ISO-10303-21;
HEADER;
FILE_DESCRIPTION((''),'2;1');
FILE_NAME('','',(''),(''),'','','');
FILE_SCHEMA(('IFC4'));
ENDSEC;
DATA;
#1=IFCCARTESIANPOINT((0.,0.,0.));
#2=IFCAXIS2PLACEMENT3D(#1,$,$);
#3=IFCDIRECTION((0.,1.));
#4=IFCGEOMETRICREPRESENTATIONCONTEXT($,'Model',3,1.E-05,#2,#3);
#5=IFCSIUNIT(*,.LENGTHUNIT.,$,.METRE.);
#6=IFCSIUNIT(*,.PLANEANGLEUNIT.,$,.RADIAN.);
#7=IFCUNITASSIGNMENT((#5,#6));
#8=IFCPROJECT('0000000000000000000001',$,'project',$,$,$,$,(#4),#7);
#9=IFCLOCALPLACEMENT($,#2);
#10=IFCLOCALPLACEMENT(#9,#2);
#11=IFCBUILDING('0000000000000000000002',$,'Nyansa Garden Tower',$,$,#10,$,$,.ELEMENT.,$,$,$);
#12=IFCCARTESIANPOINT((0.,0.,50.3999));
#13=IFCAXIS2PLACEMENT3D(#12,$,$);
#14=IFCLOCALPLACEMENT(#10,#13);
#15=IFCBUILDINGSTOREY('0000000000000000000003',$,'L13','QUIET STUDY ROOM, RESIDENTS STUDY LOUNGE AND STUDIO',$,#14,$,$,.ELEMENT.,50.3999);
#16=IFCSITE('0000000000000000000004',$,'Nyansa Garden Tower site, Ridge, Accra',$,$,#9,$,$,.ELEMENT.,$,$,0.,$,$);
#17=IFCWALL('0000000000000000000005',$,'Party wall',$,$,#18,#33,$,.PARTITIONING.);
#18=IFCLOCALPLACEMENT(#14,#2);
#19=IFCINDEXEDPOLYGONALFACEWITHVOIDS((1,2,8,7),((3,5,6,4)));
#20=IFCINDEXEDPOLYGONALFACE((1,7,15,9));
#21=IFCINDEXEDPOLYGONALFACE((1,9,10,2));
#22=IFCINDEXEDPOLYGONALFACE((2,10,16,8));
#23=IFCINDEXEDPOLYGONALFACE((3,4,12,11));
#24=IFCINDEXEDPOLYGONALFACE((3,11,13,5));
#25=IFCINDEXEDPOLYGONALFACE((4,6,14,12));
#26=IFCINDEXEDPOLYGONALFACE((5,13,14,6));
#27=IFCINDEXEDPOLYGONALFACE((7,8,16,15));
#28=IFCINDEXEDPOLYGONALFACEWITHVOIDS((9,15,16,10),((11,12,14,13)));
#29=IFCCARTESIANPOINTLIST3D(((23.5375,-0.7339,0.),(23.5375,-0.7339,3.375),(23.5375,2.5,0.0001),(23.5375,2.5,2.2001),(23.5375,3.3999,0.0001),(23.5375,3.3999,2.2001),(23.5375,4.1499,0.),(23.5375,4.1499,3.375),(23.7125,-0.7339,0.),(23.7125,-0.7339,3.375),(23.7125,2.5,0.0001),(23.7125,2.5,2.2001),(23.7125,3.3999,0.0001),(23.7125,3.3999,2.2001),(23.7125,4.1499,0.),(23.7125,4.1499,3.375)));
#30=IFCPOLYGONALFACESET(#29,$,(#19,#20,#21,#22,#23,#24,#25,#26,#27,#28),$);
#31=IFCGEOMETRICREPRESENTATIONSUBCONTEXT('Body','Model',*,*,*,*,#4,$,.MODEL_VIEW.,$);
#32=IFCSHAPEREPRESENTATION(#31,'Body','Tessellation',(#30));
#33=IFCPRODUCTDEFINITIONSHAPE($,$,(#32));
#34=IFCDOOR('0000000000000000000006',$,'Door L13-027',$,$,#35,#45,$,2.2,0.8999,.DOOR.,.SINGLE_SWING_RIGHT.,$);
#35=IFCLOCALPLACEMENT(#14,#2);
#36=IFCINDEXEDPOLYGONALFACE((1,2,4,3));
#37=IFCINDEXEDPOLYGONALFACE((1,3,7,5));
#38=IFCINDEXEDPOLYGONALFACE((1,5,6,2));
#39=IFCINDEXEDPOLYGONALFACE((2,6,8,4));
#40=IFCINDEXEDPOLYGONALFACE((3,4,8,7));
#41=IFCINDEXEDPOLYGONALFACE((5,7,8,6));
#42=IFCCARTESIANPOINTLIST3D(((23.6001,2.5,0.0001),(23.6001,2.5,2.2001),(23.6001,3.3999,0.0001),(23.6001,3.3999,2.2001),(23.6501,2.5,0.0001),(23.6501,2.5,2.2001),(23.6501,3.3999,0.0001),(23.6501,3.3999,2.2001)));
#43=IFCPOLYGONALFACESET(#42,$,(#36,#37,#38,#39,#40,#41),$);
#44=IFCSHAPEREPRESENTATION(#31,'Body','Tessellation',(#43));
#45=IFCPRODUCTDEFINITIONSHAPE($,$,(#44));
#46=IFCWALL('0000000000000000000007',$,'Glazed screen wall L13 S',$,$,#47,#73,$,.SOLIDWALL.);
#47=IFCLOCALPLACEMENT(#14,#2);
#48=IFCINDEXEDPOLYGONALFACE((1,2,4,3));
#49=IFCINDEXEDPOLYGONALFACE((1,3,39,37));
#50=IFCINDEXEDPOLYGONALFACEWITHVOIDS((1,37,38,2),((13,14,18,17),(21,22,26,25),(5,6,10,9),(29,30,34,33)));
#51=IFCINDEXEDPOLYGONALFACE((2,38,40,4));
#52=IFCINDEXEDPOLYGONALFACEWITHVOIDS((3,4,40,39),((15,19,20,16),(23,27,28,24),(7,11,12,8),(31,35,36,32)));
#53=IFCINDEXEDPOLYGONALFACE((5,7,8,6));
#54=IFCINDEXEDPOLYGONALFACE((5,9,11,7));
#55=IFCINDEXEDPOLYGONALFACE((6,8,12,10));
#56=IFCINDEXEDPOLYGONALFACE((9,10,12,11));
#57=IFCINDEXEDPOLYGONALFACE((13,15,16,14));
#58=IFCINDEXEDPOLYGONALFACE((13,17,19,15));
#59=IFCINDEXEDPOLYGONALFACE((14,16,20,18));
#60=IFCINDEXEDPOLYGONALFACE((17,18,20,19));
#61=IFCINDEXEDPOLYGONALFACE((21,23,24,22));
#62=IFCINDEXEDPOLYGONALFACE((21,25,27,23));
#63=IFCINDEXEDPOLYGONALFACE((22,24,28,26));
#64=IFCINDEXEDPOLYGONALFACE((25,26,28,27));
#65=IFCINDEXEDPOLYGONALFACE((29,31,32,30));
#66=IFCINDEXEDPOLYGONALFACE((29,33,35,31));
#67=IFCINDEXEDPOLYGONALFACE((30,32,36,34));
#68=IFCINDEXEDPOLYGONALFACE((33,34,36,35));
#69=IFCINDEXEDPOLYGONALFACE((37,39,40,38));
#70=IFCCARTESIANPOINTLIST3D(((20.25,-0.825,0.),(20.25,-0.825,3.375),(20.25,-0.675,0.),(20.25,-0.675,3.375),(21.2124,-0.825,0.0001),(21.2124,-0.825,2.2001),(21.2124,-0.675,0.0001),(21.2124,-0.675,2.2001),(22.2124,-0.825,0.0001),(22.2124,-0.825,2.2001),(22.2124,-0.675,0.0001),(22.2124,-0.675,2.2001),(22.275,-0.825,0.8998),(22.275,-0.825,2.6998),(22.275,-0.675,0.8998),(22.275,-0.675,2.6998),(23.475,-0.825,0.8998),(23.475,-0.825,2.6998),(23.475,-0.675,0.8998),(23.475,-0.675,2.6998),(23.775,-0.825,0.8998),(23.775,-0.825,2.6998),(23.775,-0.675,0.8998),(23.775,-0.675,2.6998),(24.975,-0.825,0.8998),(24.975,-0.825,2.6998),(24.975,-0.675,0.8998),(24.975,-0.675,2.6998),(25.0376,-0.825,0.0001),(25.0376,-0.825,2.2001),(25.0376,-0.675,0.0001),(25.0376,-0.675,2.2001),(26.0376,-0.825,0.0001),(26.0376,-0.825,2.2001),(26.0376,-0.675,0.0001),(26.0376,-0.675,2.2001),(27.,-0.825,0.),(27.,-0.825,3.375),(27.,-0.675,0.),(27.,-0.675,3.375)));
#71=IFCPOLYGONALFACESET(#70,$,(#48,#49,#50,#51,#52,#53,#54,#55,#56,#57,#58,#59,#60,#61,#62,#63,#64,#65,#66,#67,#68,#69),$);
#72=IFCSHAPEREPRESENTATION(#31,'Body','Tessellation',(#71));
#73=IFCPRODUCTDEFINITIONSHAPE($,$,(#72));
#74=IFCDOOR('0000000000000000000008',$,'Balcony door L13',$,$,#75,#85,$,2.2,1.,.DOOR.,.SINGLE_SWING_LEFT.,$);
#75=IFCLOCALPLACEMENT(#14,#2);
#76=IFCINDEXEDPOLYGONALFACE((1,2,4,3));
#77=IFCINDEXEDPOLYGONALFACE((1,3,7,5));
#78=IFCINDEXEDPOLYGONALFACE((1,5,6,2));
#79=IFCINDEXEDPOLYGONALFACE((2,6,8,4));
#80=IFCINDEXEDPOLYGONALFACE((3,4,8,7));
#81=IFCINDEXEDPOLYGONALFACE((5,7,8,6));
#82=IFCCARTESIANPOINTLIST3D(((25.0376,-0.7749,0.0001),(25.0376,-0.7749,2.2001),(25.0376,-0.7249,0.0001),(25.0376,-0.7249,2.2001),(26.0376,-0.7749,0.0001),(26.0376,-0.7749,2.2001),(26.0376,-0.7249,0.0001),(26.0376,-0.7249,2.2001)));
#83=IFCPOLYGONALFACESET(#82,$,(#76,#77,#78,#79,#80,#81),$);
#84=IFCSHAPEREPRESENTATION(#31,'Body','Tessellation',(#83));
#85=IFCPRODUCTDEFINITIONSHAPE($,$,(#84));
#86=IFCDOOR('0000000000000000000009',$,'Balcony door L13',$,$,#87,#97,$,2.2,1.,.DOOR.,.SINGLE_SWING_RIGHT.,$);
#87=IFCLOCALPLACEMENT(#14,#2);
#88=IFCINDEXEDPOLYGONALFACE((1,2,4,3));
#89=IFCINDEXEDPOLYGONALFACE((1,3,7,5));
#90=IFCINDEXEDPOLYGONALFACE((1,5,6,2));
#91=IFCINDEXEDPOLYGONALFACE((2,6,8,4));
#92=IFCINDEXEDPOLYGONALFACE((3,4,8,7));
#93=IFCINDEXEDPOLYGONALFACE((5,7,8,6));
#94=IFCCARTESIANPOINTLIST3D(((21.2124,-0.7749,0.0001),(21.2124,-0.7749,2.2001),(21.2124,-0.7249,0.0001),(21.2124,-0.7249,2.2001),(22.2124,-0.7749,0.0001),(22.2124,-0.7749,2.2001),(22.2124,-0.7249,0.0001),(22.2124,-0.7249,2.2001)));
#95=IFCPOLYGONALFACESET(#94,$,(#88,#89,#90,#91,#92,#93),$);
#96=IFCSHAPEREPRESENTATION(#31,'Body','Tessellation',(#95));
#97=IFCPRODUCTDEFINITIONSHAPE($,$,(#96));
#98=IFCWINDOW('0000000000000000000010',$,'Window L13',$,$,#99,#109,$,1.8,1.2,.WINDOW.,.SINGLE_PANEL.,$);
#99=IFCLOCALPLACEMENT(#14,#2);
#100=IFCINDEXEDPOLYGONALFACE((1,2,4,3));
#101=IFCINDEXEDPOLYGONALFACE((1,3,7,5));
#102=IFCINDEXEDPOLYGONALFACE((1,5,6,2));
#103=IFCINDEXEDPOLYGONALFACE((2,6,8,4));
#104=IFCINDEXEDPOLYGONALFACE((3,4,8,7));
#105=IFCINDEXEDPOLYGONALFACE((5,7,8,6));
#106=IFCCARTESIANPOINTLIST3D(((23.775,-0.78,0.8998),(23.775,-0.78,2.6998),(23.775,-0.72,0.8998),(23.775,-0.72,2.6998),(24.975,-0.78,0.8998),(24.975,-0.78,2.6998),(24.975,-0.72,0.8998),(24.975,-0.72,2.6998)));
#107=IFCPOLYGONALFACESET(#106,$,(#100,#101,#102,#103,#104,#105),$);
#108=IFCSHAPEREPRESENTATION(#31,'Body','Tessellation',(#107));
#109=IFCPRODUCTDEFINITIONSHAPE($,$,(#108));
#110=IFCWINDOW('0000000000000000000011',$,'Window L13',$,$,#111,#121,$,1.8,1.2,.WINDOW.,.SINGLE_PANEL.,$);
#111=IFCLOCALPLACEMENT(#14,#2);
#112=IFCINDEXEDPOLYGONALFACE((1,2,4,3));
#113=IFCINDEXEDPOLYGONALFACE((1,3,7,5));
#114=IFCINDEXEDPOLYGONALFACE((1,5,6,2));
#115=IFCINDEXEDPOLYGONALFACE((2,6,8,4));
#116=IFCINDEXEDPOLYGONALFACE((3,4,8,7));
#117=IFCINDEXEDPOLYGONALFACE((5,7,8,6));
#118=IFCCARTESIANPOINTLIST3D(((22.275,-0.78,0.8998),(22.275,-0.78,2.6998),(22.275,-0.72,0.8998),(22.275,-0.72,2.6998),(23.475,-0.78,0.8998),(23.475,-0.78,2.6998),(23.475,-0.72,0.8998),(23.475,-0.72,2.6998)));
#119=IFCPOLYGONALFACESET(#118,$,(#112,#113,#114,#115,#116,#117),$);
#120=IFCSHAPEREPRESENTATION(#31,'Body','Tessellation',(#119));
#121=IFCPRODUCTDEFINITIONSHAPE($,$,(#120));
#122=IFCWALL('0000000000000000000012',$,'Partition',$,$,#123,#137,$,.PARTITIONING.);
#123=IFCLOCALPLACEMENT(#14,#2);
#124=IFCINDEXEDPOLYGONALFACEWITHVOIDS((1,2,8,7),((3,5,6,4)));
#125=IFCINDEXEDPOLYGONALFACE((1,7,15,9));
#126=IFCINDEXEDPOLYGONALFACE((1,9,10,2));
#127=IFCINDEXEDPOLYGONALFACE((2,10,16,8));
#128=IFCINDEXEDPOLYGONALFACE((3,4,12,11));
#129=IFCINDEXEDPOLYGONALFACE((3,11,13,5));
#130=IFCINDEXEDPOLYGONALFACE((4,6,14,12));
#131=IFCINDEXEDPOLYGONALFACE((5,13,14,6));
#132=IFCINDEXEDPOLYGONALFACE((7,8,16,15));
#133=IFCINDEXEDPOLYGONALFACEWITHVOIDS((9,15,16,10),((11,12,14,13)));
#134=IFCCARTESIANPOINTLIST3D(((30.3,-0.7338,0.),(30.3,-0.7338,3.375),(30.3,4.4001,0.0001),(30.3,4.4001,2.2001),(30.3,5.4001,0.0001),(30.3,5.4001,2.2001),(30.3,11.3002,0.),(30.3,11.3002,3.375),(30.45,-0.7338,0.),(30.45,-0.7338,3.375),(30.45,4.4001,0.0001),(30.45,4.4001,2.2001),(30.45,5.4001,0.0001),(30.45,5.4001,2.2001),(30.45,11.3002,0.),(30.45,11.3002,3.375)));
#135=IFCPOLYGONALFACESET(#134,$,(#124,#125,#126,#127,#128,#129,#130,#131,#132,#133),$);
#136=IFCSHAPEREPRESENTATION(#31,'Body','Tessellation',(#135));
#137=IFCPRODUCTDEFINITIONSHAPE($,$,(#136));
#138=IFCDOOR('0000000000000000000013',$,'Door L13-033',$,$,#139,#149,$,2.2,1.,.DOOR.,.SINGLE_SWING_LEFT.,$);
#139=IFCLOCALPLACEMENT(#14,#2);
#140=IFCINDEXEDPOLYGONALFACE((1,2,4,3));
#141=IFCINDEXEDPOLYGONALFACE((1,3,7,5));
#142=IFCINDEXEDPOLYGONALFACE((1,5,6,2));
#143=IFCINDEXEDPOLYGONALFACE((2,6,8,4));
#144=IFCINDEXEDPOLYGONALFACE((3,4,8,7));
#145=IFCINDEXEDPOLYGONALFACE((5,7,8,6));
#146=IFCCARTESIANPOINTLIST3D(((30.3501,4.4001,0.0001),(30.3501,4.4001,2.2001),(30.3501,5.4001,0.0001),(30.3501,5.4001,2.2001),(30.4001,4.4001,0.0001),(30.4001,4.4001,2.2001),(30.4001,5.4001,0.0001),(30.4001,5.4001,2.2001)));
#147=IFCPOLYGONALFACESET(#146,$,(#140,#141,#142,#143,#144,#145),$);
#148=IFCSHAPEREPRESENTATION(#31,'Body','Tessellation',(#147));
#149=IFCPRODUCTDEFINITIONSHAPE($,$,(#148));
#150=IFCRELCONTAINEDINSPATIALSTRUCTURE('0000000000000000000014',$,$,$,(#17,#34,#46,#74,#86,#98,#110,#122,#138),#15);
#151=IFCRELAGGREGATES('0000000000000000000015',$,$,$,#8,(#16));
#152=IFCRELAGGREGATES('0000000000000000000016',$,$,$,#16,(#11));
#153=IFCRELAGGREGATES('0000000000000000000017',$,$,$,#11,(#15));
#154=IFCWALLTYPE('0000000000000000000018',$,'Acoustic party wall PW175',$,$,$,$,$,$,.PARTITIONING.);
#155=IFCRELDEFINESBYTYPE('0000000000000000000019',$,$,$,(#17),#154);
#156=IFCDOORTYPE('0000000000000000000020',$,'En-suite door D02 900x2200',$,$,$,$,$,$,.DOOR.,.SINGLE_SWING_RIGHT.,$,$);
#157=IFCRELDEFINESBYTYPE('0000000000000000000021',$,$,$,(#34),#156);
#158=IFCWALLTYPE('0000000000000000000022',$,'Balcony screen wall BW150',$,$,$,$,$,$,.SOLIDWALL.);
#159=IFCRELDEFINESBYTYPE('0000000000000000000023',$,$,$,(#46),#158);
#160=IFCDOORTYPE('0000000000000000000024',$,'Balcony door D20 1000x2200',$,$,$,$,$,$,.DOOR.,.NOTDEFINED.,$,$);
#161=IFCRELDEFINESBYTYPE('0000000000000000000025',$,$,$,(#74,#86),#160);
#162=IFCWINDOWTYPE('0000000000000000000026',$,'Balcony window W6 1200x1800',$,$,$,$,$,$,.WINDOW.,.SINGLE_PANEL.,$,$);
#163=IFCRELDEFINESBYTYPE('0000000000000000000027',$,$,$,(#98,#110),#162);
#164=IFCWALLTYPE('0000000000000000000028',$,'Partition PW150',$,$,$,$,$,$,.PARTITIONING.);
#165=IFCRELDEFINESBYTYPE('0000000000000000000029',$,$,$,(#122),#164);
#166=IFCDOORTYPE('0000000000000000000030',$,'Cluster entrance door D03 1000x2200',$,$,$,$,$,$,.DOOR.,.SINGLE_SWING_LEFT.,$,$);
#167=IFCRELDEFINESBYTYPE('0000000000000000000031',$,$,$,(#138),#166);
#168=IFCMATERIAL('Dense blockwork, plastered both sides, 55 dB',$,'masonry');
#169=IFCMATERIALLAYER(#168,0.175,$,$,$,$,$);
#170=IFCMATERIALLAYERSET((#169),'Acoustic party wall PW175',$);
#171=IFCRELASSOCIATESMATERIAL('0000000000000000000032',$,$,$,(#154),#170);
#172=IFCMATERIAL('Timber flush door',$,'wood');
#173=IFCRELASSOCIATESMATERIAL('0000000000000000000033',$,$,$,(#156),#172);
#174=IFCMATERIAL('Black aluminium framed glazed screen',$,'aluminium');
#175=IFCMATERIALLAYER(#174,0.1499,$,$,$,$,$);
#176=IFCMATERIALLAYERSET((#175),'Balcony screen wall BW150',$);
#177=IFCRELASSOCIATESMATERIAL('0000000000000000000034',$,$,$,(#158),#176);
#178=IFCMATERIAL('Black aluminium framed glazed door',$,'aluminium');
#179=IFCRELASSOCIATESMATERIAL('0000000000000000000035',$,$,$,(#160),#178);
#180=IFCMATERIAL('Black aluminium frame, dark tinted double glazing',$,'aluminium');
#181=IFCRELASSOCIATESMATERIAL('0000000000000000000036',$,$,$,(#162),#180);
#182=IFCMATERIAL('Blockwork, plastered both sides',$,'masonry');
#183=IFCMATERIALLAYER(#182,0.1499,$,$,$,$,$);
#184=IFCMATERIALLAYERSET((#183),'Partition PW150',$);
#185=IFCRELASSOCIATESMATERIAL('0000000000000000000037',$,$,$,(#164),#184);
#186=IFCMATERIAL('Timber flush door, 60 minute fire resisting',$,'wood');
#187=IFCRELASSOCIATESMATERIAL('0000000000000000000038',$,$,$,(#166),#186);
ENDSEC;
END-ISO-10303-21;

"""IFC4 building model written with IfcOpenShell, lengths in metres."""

from ifc_helpers import new_model, si_unit, direction, frame, frame_2d, origin, place, context, subcontext, project, spatial, rectangle, extrude, material, layer, layer_set, type_object, element, fill, save


model = new_model("IFC4")

# Units and contexts
model_context = context("Model", 3, precision=1e-05, world=origin(), true_north=direction((0.0, 1.0)))
body_context = subcontext(model_context, "Body", "Model", "MODEL_VIEW")
ifc_project = project(units=[si_unit("LENGTHUNIT", "METRE"), si_unit("PLANEANGLEUNIT", "RADIAN")], contexts=[model_context])

# Site, building, storey
site_placement = place(None, origin())
site = spatial("IfcSite", under=ifc_project, at=site_placement, Name="Nyansa Garden Tower site, Ridge, Accra", CompositionType="ELEMENT", RefElevation=0.0)
building_placement = place(site_placement, origin())
building = spatial("IfcBuilding", under=site, at=building_placement, Name="Nyansa Garden Tower", CompositionType="ELEMENT")
storey_placement = place(building_placement, frame((0.0, 0.0, 50.3999)))
storey = spatial("IfcBuildingStorey", under=building, at=storey_placement, Name="L13", Description="QUIET STUDY ROOM, RESIDENTS STUDY LOUNGE AND STUDIO", CompositionType="ELEMENT", Elevation=50.3999)

# Wall, opening, door
ifc_material_1 = material(Name="Dense blockwork, plastered both sides, 55 dB", Category="masonry")
ifc_layer_1 = layer(ifc_material_1, 0.175)
ifc_layer_set_1 = layer_set([ifc_layer_1], Name="Acoustic party wall PW175")
wall_type_1 = type_object("IfcWallType", Name="Acoustic party wall PW175", PredefinedType="PARTITIONING", material=ifc_layer_set_1)
wall_1_placement = place(storey_placement, frame((23.625, -0.7339, 0.0), z_axis=(0.0, 0.0, 1.0), x_axis=(0.0, 1.0, 0.0)))
wall_1 = element("IfcWall", 1, at=wall_1_placement, inside=storey, type_object=wall_type_1, Name="Party wall", PredefinedType="PARTITIONING", context=body_context, shape_type="SweptSolid", body=[
    extrude(rectangle(XDim=4.8838, YDim=0.175, at=frame_2d((2.4419, 0.0))), origin(), (0.0, 0.0, 1.0), 3.375),
])
opening_1_placement = place(wall_1_placement, frame((3.2339, 0.0, 0.0)))
opening_1 = element("IfcOpeningElement", 2, at=opening_1_placement, cuts=wall_1, PredefinedType="OPENING", context=body_context, shape_type="SweptSolid", body=[
    extrude(rectangle(XDim=0.8999, YDim=2.2, at=frame_2d((0.45, 1.1001))), frame((0.0, 0.0974, 0.0), z_axis=(0.0, -1.0, 0.0), x_axis=(1.0, 0.0, 0.0)), (0.0, 0.0, 1.0), 0.1951),
])
ifc_material_2 = material(Name="Timber flush door", Category="wood")
door_type_1 = type_object("IfcDoorType", Name="En-suite door D02 900x2200", OperationType="SINGLE_SWING_RIGHT", PredefinedType="DOOR", material=ifc_material_2)
door_1_placement = place(opening_1_placement, origin())
door_1 = element("IfcDoor", 3, at=door_1_placement, inside=storey, type_object=door_type_1, Name="Door L13-027", OperationType="SINGLE_SWING_RIGHT", OverallHeight=2.2, OverallWidth=0.8999, PredefinedType="DOOR", context=body_context, shape_type="SweptSolid", body=[
    extrude(rectangle(XDim=0.8999, YDim=2.2, at=frame_2d((0.45, 1.1001))), frame((0.0, 0.0249, 0.0), z_axis=(0.0, -1.0, 0.0), x_axis=(1.0, 0.0, 0.0)), (0.0, 0.0, 1.0), 0.05),
])
fill(opening_1, door_1)

# Wall, openings, doors, windows
ifc_material_3 = material(Name="Black aluminium framed glazed screen", Category="aluminium")
ifc_layer_2 = layer(ifc_material_3, 0.1499)
ifc_layer_set_2 = layer_set([ifc_layer_2], Name="Balcony screen wall BW150")
wall_type_2 = type_object("IfcWallType", Name="Balcony screen wall BW150", PredefinedType="SOLIDWALL", material=ifc_layer_set_2)
wall_2_placement = place(storey_placement, frame((27.0, -0.75, 0.0), z_axis=(0.0, 0.0, 1.0), x_axis=(-1.0, 0.0, 0.0)))
wall_2 = element("IfcWall", 4, at=wall_2_placement, inside=storey, type_object=wall_type_2, Name="Glazed screen wall L13 S", PredefinedType="SOLIDWALL", context=body_context, shape_type="SweptSolid", body=[
    extrude(rectangle(XDim=6.75, YDim=0.1499, at=frame_2d((3.375, 0.0))), origin(), (0.0, 0.0, 1.0), 3.375),
])
opening_2_placement = place(wall_2_placement, frame((0.9624, 0.0, 0.0)))
opening_2 = element("IfcOpeningElement", 5, at=opening_2_placement, cuts=wall_2, PredefinedType="OPENING", context=body_context, shape_type="SweptSolid", body=[
    extrude(rectangle(XDim=1.0, YDim=2.2, at=frame_2d((0.5, 1.1001))), frame((0.0, 0.085, 0.0), z_axis=(0.0, -1.0, 0.0), x_axis=(1.0, 0.0, 0.0)), (0.0, 0.0, 1.0), 0.1699),
])
opening_3_placement = place(wall_2_placement, frame((2.0249, 0.0, 0.8999)))
opening_3 = element("IfcOpeningElement", 6, at=opening_3_placement, cuts=wall_2, PredefinedType="OPENING", context=body_context, shape_type="SweptSolid", body=[
    extrude(rectangle(XDim=1.2, YDim=1.8, at=frame_2d((0.6001, 0.8999))), frame((0.0, 0.085, 0.0), z_axis=(0.0, -1.0, 0.0), x_axis=(1.0, 0.0, 0.0)), (0.0, 0.0, 1.0), 0.1699),
])
opening_4_placement = place(wall_2_placement, frame((4.7876, 0.0, 0.0)))
opening_4 = element("IfcOpeningElement", 7, at=opening_4_placement, cuts=wall_2, PredefinedType="OPENING", context=body_context, shape_type="SweptSolid", body=[
    extrude(rectangle(XDim=1.0, YDim=2.2, at=frame_2d((0.5, 1.1001))), frame((0.0, 0.085, 0.0), z_axis=(0.0, -1.0, 0.0), x_axis=(1.0, 0.0, 0.0)), (0.0, 0.0, 1.0), 0.1699),
])
opening_5_placement = place(wall_2_placement, frame((3.5249, 0.0, 0.8999)))
opening_5 = element("IfcOpeningElement", 8, at=opening_5_placement, cuts=wall_2, PredefinedType="OPENING", context=body_context, shape_type="SweptSolid", body=[
    extrude(rectangle(XDim=1.2, YDim=1.8, at=frame_2d((0.6001, 0.8999))), frame((0.0, 0.085, 0.0), z_axis=(0.0, -1.0, 0.0), x_axis=(1.0, 0.0, 0.0)), (0.0, 0.0, 1.0), 0.1699),
])
ifc_material_4 = material(Name="Black aluminium framed glazed door", Category="aluminium")
door_type_2 = type_object("IfcDoorType", Name="Balcony door D20 1000x2200", OperationType="NOTDEFINED", PredefinedType="DOOR", material=ifc_material_4)
door_2_placement = place(opening_2_placement, origin())
door_2 = element("IfcDoor", 9, at=door_2_placement, inside=storey, type_object=door_type_2, Name="Balcony door L13", OperationType="SINGLE_SWING_LEFT", OverallHeight=2.2, OverallWidth=1.0, PredefinedType="DOOR", context=body_context, shape_type="SweptSolid", body=[
    extrude(rectangle(XDim=1.0, YDim=2.2, at=frame_2d((0.5, 1.1001))), frame((0.0, 0.0249, 0.0), z_axis=(0.0, -1.0, 0.0), x_axis=(1.0, 0.0, 0.0)), (0.0, 0.0, 1.0), 0.05),
])
fill(opening_2, door_2)
door_3_placement = place(opening_4_placement, origin())
door_3 = element("IfcDoor", 10, at=door_3_placement, inside=storey, type_object=door_type_2, Name="Balcony door L13", OperationType="SINGLE_SWING_RIGHT", OverallHeight=2.2, OverallWidth=1.0, PredefinedType="DOOR", context=body_context, shape_type="SweptSolid", body=[
    extrude(rectangle(XDim=1.0, YDim=2.2, at=frame_2d((0.5, 1.1001))), frame((0.0, 0.0249, 0.0), z_axis=(0.0, -1.0, 0.0), x_axis=(1.0, 0.0, 0.0)), (0.0, 0.0, 1.0), 0.05),
])
fill(opening_4, door_3)
ifc_material_5 = material(Name="Black aluminium frame, dark tinted double glazing", Category="aluminium")
window_type = type_object("IfcWindowType", Name="Balcony window W6 1200x1800", PartitioningType="SINGLE_PANEL", PredefinedType="WINDOW", material=ifc_material_5)
window_1_placement = place(opening_3_placement, origin())
window_1 = element("IfcWindow", 11, at=window_1_placement, inside=storey, type_object=window_type, Name="Window L13", OverallHeight=1.8, OverallWidth=1.2, PartitioningType="SINGLE_PANEL", PredefinedType="WINDOW", context=body_context, shape_type="SweptSolid", body=[
    extrude(rectangle(XDim=1.2, YDim=1.8, at=frame_2d((0.6001, 0.8999))), frame((0.0, 0.03, 0.0), z_axis=(0.0, -1.0, 0.0), x_axis=(1.0, 0.0, 0.0)), (0.0, 0.0, 1.0), 0.0601),
])
fill(opening_3, window_1)
window_2_placement = place(opening_5_placement, origin())
window_2 = element("IfcWindow", 12, at=window_2_placement, inside=storey, type_object=window_type, Name="Window L13", OverallHeight=1.8, OverallWidth=1.2, PartitioningType="SINGLE_PANEL", PredefinedType="WINDOW", context=body_context, shape_type="SweptSolid", body=[
    extrude(rectangle(XDim=1.2, YDim=1.8, at=frame_2d((0.6001, 0.8999))), frame((0.0, 0.03, 0.0), z_axis=(0.0, -1.0, 0.0), x_axis=(1.0, 0.0, 0.0)), (0.0, 0.0, 1.0), 0.0601),
])
fill(opening_5, window_2)

# Wall, opening, door
ifc_material_6 = material(Name="Blockwork, plastered both sides", Category="masonry")
ifc_layer_3 = layer(ifc_material_6, 0.1499)
ifc_layer_set_3 = layer_set([ifc_layer_3], Name="Partition PW150")
wall_type_3 = type_object("IfcWallType", Name="Partition PW150", PredefinedType="PARTITIONING", material=ifc_layer_set_3)
wall_3_placement = place(storey_placement, frame((30.375, -0.7339, 0.0), z_axis=(0.0, 0.0, 1.0), x_axis=(0.0, 1.0, 0.0)))
wall_3 = element("IfcWall", 13, at=wall_3_placement, inside=storey, type_object=wall_type_3, Name="Partition", PredefinedType="PARTITIONING", context=body_context, shape_type="SweptSolid", body=[
    extrude(rectangle(XDim=12.0339, YDim=0.1499, at=frame_2d((6.0171, 0.0))), origin(), (0.0, 0.0, 1.0), 3.375),
])
opening_6_placement = place(wall_3_placement, frame((5.134, 0.0, 0.0)))
opening_6 = element("IfcOpeningElement", 14, at=opening_6_placement, cuts=wall_3, PredefinedType="OPENING", context=body_context, shape_type="SweptSolid", body=[
    extrude(rectangle(XDim=1.0, YDim=2.2, at=frame_2d((0.5, 1.1001))), frame((0.0, 0.085, 0.0), z_axis=(0.0, -1.0, 0.0), x_axis=(1.0, 0.0, 0.0)), (0.0, 0.0, 1.0), 0.1699),
])
ifc_material_7 = material(Name="Timber flush door, 60 minute fire resisting", Category="wood")
door_type_3 = type_object("IfcDoorType", Name="Cluster entrance door D03 1000x2200", OperationType="SINGLE_SWING_LEFT", PredefinedType="DOOR", material=ifc_material_7)
door_4_placement = place(opening_6_placement, origin())
door_4 = element("IfcDoor", 15, at=door_4_placement, inside=storey, type_object=door_type_3, Name="Door L13-033", OperationType="SINGLE_SWING_LEFT", OverallHeight=2.2, OverallWidth=1.0, PredefinedType="DOOR", context=body_context, shape_type="SweptSolid", body=[
    extrude(rectangle(XDim=1.0, YDim=2.2, at=frame_2d((0.5, 1.1001))), frame((0.0, 0.0249, 0.0), z_axis=(0.0, -1.0, 0.0), x_axis=(1.0, 0.0, 0.0)), (0.0, 0.0, 1.0), 0.05),
])
fill(opening_6, door_4)

save(model, "model.ifc")
